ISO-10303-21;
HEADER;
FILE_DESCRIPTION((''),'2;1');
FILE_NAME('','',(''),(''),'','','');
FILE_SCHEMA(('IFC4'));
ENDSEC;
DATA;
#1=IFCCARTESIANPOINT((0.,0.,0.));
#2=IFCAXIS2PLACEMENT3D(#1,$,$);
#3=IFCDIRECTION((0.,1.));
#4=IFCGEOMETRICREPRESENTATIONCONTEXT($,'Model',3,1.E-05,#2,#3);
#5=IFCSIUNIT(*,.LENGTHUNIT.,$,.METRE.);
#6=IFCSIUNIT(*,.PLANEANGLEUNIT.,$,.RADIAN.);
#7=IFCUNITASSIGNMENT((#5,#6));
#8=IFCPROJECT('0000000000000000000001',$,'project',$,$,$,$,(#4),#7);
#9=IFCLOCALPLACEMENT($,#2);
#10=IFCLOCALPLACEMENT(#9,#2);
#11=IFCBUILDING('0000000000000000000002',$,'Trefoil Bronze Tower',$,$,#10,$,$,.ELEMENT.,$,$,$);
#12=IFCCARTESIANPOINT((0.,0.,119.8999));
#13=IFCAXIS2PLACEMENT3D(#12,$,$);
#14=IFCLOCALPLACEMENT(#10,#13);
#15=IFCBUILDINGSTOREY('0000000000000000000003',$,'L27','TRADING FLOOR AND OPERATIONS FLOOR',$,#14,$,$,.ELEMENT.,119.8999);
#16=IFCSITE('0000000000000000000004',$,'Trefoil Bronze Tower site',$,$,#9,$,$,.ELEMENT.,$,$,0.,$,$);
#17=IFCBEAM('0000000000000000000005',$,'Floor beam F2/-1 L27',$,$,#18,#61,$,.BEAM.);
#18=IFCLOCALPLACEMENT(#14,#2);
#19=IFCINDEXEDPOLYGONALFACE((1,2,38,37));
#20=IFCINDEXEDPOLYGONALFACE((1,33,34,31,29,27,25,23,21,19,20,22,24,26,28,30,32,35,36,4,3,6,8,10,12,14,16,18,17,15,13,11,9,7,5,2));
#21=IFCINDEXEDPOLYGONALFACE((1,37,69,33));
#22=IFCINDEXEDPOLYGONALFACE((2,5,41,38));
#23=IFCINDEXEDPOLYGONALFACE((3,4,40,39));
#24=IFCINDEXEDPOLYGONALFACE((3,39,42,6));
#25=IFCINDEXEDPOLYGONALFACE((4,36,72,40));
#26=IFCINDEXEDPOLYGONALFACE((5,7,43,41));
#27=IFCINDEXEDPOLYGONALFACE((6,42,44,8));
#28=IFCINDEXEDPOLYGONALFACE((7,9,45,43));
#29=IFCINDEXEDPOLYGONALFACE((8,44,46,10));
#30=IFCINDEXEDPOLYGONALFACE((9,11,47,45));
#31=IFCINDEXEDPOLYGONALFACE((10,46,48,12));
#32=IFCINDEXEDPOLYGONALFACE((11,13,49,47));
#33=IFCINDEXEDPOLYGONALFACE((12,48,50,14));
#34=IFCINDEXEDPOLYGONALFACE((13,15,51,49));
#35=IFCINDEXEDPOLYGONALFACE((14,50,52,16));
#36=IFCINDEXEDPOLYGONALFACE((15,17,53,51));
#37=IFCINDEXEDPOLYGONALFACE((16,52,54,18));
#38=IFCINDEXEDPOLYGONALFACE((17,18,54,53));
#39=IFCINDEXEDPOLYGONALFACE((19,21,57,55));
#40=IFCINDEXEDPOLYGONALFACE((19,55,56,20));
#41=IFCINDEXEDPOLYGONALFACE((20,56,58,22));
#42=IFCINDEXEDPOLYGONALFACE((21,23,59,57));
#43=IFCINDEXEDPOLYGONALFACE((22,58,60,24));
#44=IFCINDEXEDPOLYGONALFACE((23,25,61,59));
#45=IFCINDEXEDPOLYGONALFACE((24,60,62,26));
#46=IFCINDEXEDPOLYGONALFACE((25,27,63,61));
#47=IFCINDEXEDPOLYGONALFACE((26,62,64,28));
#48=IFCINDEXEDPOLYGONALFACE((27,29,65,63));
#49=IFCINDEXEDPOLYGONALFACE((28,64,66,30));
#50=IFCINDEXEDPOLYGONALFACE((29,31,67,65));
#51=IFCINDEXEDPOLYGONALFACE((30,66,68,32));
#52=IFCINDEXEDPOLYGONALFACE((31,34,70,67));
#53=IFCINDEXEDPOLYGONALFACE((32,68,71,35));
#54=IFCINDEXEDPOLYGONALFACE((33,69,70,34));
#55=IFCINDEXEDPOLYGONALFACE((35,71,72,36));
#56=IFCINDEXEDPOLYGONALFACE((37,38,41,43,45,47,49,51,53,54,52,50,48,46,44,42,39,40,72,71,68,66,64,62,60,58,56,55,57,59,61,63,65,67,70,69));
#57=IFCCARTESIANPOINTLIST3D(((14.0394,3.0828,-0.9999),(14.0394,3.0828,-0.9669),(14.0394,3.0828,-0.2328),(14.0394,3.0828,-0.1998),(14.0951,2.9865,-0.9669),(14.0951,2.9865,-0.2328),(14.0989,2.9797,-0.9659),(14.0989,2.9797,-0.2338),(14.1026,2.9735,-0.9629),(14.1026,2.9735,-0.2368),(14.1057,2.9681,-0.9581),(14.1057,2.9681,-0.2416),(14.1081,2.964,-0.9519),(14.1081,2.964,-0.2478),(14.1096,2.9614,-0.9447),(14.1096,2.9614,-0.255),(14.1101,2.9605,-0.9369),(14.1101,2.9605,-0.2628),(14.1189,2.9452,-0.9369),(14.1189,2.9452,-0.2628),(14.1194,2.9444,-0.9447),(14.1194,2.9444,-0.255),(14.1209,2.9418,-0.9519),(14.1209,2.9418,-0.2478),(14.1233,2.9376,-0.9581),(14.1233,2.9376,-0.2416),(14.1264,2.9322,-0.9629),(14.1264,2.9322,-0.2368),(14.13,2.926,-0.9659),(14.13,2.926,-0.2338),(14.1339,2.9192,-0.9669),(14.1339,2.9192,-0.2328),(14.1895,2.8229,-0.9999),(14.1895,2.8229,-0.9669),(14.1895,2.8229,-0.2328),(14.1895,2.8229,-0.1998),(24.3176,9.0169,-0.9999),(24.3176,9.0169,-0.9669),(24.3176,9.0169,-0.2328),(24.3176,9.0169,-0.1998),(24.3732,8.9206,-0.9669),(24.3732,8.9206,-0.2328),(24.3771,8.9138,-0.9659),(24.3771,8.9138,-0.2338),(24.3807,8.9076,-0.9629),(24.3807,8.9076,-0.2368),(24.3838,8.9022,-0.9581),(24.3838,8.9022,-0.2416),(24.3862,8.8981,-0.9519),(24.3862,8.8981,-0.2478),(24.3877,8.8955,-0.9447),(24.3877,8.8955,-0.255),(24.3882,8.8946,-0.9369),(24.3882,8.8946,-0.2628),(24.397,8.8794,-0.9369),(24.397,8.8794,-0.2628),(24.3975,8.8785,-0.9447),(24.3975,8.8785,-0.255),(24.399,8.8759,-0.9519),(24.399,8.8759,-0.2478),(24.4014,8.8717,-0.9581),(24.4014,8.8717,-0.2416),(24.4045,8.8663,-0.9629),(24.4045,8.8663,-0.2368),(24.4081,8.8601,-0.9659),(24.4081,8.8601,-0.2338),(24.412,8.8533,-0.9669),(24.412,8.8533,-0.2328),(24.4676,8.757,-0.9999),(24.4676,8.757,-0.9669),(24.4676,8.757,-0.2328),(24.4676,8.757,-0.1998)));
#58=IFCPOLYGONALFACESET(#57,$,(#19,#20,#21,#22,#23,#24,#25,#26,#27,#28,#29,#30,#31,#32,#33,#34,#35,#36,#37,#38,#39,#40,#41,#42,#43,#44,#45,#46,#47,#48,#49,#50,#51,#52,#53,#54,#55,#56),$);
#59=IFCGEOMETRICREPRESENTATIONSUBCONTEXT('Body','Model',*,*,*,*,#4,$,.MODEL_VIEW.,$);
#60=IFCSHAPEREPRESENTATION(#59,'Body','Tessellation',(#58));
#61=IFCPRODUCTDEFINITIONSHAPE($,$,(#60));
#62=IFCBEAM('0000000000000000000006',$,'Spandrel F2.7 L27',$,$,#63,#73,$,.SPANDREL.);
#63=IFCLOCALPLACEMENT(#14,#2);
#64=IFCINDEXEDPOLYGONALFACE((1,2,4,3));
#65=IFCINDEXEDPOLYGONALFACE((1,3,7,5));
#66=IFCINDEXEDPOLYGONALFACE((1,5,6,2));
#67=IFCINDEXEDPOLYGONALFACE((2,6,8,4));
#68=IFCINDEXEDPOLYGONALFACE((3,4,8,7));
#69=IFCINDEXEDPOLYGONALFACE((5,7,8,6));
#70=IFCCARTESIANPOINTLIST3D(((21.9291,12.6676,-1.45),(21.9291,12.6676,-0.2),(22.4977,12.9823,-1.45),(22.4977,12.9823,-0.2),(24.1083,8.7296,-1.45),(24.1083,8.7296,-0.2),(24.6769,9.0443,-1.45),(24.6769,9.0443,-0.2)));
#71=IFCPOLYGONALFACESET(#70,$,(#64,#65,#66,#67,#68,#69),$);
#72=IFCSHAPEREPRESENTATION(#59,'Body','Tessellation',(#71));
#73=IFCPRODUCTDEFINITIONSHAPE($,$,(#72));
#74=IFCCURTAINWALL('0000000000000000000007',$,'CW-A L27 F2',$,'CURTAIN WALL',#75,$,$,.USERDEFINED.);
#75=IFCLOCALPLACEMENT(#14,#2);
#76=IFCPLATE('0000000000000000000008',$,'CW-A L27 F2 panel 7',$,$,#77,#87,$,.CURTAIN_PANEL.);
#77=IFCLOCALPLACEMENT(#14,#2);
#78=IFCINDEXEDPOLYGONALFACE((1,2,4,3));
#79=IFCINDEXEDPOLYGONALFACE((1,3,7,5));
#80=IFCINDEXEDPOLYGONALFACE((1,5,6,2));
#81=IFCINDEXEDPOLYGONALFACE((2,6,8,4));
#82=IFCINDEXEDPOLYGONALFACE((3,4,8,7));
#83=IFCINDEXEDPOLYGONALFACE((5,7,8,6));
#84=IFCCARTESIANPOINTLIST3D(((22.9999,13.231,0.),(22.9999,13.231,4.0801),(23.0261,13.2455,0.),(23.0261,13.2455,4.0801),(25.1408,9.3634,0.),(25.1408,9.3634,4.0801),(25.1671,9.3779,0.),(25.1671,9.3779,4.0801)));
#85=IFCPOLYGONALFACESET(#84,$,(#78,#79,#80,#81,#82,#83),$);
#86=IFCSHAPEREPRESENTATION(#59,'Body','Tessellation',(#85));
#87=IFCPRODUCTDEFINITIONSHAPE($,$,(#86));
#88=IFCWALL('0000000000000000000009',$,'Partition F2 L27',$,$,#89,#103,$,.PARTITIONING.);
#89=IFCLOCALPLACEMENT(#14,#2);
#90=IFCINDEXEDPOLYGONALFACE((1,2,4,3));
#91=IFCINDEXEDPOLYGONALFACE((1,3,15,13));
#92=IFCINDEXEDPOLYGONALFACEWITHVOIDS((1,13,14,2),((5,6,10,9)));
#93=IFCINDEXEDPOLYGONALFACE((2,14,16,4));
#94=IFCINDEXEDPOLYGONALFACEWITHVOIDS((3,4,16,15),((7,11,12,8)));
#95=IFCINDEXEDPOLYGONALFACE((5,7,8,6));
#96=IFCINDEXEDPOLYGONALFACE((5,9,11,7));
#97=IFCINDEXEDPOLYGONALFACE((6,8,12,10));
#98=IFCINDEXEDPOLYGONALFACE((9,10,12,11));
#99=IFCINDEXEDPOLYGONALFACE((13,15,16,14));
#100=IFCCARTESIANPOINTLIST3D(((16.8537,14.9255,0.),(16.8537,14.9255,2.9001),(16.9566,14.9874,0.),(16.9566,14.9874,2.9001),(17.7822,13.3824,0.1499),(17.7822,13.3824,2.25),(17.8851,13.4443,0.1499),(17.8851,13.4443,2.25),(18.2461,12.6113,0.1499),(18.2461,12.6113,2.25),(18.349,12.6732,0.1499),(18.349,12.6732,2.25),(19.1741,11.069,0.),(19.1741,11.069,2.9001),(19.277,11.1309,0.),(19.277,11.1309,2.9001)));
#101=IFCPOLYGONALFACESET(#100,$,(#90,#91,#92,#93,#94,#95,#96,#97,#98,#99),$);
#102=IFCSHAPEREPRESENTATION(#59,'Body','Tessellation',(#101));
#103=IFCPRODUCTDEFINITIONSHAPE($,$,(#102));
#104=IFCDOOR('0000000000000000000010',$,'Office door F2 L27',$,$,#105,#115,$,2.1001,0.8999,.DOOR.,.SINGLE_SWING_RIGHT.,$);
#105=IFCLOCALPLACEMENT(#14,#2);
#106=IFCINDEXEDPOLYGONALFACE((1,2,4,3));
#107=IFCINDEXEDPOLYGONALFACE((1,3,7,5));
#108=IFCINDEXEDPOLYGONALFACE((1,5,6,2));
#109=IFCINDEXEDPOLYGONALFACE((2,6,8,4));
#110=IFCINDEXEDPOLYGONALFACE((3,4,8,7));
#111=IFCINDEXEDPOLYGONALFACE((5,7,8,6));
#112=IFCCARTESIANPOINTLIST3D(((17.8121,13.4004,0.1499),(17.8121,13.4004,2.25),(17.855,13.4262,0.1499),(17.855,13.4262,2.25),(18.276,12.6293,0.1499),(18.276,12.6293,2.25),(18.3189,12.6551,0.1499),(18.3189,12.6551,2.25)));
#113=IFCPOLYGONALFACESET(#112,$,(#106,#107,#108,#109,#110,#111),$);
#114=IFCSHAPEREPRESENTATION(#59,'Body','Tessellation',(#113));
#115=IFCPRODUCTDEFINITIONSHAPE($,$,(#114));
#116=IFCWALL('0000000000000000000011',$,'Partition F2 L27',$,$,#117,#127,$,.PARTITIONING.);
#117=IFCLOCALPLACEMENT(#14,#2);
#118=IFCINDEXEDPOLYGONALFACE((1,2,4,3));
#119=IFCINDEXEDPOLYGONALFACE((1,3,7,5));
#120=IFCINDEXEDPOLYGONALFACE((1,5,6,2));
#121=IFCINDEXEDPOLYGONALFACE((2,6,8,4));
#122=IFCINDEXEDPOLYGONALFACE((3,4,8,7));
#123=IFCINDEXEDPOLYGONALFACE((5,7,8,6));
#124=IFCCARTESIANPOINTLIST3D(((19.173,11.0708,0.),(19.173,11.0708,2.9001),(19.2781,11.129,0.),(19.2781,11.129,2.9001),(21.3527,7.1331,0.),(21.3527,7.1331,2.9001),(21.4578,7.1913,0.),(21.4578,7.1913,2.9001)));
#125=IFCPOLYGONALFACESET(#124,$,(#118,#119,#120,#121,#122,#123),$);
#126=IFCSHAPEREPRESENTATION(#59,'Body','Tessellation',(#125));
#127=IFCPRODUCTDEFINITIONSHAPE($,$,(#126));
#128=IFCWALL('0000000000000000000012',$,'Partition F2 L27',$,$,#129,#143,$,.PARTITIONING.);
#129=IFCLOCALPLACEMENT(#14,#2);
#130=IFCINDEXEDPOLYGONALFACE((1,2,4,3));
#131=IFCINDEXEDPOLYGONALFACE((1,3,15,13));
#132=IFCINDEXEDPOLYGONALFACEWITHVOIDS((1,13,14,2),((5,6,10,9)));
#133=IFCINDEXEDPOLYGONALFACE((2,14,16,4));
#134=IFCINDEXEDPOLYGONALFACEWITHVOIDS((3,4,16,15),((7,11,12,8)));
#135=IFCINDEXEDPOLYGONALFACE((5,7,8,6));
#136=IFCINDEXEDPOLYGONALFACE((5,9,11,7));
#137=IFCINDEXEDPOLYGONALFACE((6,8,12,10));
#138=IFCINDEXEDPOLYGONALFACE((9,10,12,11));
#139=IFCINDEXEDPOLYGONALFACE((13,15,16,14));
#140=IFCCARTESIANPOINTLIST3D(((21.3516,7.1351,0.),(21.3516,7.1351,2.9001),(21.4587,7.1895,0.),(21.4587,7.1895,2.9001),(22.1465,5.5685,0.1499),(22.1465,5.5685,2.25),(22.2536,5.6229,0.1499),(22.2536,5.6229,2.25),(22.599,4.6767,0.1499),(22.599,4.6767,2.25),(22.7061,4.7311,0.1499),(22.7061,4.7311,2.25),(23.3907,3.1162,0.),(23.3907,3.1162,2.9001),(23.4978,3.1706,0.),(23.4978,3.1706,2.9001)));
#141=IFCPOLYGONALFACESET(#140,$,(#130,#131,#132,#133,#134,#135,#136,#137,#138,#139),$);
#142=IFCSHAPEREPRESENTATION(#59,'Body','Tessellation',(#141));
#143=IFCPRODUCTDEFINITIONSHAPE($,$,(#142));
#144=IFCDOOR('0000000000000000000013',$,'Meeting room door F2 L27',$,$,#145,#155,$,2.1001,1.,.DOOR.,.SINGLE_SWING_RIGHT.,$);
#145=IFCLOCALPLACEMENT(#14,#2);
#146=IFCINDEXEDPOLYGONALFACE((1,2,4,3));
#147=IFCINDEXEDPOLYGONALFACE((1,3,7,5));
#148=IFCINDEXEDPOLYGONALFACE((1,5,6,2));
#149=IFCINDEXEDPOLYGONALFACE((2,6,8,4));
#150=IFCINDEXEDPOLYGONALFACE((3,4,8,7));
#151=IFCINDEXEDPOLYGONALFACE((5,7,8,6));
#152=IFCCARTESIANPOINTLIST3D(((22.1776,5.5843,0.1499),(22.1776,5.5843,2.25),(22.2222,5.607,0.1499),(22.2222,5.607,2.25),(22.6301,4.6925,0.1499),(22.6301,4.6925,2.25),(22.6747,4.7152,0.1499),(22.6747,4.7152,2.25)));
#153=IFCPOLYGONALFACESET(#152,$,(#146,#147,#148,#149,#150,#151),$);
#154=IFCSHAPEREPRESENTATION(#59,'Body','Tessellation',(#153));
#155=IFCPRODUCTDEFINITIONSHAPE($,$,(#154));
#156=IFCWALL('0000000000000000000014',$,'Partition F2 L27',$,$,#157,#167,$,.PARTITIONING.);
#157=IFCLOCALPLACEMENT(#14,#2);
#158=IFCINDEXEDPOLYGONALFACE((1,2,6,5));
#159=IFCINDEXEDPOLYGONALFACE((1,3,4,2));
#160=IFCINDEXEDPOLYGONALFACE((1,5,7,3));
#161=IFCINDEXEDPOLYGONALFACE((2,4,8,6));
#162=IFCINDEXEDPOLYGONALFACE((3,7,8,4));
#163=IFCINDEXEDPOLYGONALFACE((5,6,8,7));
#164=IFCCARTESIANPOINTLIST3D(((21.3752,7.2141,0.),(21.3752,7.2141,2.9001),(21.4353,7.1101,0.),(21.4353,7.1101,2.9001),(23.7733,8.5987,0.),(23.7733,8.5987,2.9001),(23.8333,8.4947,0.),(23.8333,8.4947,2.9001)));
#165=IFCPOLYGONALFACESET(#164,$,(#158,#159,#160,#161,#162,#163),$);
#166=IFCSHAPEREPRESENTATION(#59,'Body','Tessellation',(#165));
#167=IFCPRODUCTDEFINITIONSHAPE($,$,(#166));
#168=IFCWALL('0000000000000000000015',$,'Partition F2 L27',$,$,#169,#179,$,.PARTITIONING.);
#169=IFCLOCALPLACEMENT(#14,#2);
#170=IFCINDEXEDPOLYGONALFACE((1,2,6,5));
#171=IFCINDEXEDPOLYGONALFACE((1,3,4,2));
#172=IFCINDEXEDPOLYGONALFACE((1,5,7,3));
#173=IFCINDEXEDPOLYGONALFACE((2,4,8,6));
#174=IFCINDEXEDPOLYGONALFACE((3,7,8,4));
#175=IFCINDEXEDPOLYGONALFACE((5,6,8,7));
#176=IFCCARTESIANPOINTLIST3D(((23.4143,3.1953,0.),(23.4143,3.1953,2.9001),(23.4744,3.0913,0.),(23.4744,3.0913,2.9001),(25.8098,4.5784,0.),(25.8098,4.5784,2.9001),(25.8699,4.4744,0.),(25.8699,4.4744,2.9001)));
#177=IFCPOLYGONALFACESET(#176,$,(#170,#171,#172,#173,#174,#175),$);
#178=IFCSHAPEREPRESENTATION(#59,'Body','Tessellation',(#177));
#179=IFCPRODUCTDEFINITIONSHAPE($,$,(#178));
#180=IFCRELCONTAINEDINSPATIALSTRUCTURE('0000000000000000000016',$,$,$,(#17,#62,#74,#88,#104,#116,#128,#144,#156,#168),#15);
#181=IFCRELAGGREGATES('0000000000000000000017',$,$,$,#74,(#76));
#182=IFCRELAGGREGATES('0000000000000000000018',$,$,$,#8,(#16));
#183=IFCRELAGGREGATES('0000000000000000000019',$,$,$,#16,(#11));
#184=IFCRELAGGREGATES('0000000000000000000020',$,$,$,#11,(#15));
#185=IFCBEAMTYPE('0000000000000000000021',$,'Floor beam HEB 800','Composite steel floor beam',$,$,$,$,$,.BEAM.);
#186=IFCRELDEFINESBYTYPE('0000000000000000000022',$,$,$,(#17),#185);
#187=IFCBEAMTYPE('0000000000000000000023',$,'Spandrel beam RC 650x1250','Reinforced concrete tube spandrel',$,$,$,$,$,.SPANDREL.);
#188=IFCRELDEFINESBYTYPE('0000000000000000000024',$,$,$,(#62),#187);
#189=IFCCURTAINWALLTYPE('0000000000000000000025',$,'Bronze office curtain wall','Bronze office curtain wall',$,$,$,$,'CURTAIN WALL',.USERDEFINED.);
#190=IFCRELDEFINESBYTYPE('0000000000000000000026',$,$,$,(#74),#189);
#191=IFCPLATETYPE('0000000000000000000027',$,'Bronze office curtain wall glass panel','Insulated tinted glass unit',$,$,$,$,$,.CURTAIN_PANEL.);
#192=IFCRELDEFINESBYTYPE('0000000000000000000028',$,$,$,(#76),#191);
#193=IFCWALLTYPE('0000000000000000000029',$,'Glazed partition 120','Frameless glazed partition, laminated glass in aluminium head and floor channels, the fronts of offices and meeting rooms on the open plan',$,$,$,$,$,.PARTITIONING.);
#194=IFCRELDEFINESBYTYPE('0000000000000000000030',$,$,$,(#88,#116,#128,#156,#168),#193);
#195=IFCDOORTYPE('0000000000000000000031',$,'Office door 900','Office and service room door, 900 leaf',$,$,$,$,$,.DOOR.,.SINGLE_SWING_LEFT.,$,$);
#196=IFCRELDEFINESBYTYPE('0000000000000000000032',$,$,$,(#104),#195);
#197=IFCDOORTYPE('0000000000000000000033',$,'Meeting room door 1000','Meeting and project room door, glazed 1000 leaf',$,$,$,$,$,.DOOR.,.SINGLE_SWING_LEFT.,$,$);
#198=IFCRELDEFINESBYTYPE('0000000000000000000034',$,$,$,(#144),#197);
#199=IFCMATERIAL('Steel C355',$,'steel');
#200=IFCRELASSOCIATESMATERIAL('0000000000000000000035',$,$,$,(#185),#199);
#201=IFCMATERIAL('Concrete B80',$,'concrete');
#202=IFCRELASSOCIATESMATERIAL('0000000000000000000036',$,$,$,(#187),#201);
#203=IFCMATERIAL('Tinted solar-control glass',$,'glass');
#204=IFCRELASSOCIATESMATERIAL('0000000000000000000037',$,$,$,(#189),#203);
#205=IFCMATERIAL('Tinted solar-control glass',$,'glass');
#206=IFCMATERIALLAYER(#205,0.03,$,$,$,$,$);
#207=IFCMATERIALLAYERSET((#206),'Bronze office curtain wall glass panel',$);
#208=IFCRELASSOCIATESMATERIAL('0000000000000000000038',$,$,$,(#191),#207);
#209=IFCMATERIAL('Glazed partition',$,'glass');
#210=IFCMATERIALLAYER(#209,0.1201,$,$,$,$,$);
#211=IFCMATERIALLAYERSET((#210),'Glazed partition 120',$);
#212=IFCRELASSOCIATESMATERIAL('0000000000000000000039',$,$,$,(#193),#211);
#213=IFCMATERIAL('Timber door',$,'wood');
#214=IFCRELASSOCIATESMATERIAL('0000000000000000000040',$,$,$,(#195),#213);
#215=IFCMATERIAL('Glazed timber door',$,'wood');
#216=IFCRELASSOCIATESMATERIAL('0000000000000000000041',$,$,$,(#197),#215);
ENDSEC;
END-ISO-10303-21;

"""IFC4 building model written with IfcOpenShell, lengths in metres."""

from ifc_helpers import new_model, si_unit, direction, frame, frame_2d, origin, origin_2d, place, context, subcontext, project, spatial, rectangle, i_section, extrude, material, layer, layer_set, material_profile, profile_set, type_object, element, fill, aggregate, save


model = new_model("IFC4")

# Units and contexts
model_context = context("Model", 3, precision=1e-05, world=origin(), true_north=direction((0.0, 1.0)))
body_context = subcontext(model_context, "Body", "Model", "MODEL_VIEW")
ifc_project = project(units=[si_unit("LENGTHUNIT", "METRE"), si_unit("PLANEANGLEUNIT", "RADIAN")], contexts=[model_context])

# Site, building, storey
site_placement = place(None, origin())
site = spatial("IfcSite", under=ifc_project, at=site_placement, Name="Trefoil Bronze Tower site", CompositionType="ELEMENT", RefElevation=0.0)
building_placement = place(site_placement, origin())
building = spatial("IfcBuilding", under=site, at=building_placement, Name="Trefoil Bronze Tower", CompositionType="ELEMENT")
storey_placement = place(building_placement, frame((0.0, 0.0, 119.8999)))
storey = spatial("IfcBuildingStorey", under=building, at=storey_placement, Name="L27", Description="TRADING FLOOR AND OPERATIONS FLOOR", CompositionType="ELEMENT", Elevation=119.8999)

# Beams
ifc_material_1 = material(Name="Steel C355", Category="steel")
ifc_material_profile_1 = material_profile(ifc_material_1, i_section(OverallWidth=0.3, OverallDepth=0.8, WebThickness=0.0176, FlangeThickness=0.033, FilletRadius=0.03, at=origin_2d()), Name="HEB 800")
ifc_profile_set_1 = profile_set([ifc_material_profile_1], Name="Steel C355")
beam_type_1 = type_object("IfcBeamType", Name="Floor beam HEB 800", Description="Composite steel floor beam", PredefinedType="BEAM", material=ifc_profile_set_1)
beam_1_placement = place(storey_placement, frame((24.3926, 8.887, -0.5999), z_axis=(-0.866024, -0.500002, 0.0), x_axis=(0.500002, -0.866024, 0.0)))
element("IfcBeam", 1, at=beam_1_placement, inside=storey, type_object=beam_type_1, Name="Floor beam F2/-1 L27", PredefinedType="BEAM", context=body_context, shape_type="SweptSolid", body=[
    extrude(i_section(OverallWidth=0.3, OverallDepth=0.8, WebThickness=0.0176, FlangeThickness=0.033, FilletRadius=0.03, at=origin_2d()), origin(), (0.0, 0.0, 1.0), 11.8682),
])
ifc_material_2 = material(Name="Concrete B80", Category="concrete")
ifc_material_profile_2 = material_profile(ifc_material_2, rectangle(XDim=0.6499, YDim=1.25, at=origin_2d()), Name="RC 650x1250")
ifc_profile_set_2 = profile_set([ifc_material_profile_2], Name="Concrete B80")
beam_type_2 = type_object("IfcBeamType", Name="Spandrel beam RC 650x1250", Description="Reinforced concrete tube spandrel", PredefinedType="SPANDREL", material=ifc_profile_set_2)
beam_2_placement = place(storey_placement, frame((24.3926, 8.887, -0.825), z_axis=(-0.484187, 0.874965, 0.0), x_axis=(-0.874965, -0.484187, 0.0)))
element("IfcBeam", 2, at=beam_2_placement, inside=storey, type_object=beam_type_2, Name="Spandrel F2.7 L27", PredefinedType="SPANDREL", context=body_context, shape_type="SweptSolid", body=[
    extrude(rectangle(XDim=0.6499, YDim=1.25, at=origin_2d()), origin(), (0.0, 0.0, 1.0), 4.5007),
])

# Curtain wall, plate
ifc_material_3 = material(Name="Tinted solar-control glass", Category="glass")
curtain_wall_type = type_object("IfcCurtainWallType", Name="Bronze office curtain wall", Description="Bronze office curtain wall", ElementType="CURTAIN WALL", PredefinedType="USERDEFINED", material=ifc_material_3)
curtain_wall_placement = place(storey_placement, origin())
curtain_wall = element("IfcCurtainWall", 3, at=curtain_wall_placement, inside=storey, type_object=curtain_wall_type, Name="CW-A L27 F2", ObjectType="CURTAIN WALL", PredefinedType="USERDEFINED")
ifc_material_4 = material(Name="Tinted solar-control glass", Category="glass")
ifc_layer_1 = layer(ifc_material_4, 0.03)
ifc_layer_set_1 = layer_set([ifc_layer_1], Name="Bronze office curtain wall glass panel")
plate_type = type_object("IfcPlateType", Name="Bronze office curtain wall glass panel", Description="Insulated tinted glass unit", PredefinedType="CURTAIN_PANEL", material=ifc_layer_set_1)
plate_placement = place(storey_placement, frame((24.0835, 11.3044, 0.0), z_axis=(0.0, 0.0, 1.0), x_axis=(-0.484312, 0.874895, 0.0)))
plate = element("IfcPlate", 4, at=plate_placement, type_object=plate_type, Name="CW-A L27 F2 panel 7", PredefinedType="CURTAIN_PANEL", context=body_context, shape_type="SweptSolid", body=[
    extrude(rectangle(XDim=4.4207, YDim=0.03, at=origin_2d()), origin(), (0.0, 0.0, 1.0), 4.0801),
])
aggregate(curtain_wall, [plate])

# Wall, opening, door
ifc_material_5 = material(Name="Glazed partition", Category="glass")
ifc_layer_2 = layer(ifc_material_5, 0.1201)
ifc_layer_set_2 = layer_set([ifc_layer_2], Name="Glazed partition 120")
wall_type_1 = type_object("IfcWallType", Name="Glazed partition 120", Description="Frameless glazed partition, laminated glass in aluminium head and floor channels, the fronts of offices and meeting rooms on the open plan", PredefinedType="PARTITIONING", material=ifc_layer_set_2)
wall_1_placement = place(storey_placement, frame((19.2256, 11.0999, 0.0), z_axis=(0.0, 0.0, 1.0), x_axis=(-0.515548, 0.85686, 0.0)))
wall_1 = element("IfcWall", 5, at=wall_1_placement, inside=storey, type_object=wall_type_1, Name="Partition F2 L27", PredefinedType="PARTITIONING", context=body_context, shape_type="SweptSolid", body=[
    extrude(rectangle(XDim=4.5007, YDim=0.1201, at=frame_2d((2.2505, 0.0))), origin(), (0.0, 0.0, 1.0), 2.9001),
])
opening_1_placement = place(wall_1_placement, frame((1.8, 0.0, 0.1499)))
opening_1 = element("IfcOpeningElement", 6, at=opening_1_placement, cuts=wall_1, PredefinedType="OPENING", context=body_context, shape_type="SweptSolid", body=[
    extrude(rectangle(XDim=0.8999, YDim=2.1001, at=frame_2d((0.45, 1.05))), frame((0.0, 0.0701, 0.0), z_axis=(0.0, -1.0, 0.0), x_axis=(1.0, 0.0, 0.0)), (0.0, 0.0, 1.0), 0.1401),
])
ifc_material_6 = material(Name="Timber door", Category="wood")
door_type_1 = type_object("IfcDoorType", Name="Office door 900", Description="Office and service room door, 900 leaf", OperationType="SINGLE_SWING_LEFT", PredefinedType="DOOR", material=ifc_material_6)
door_1_placement = place(opening_1_placement, frame((0.8999, 0.0, 0.0), z_axis=(0.0, 0.0, 1.0), x_axis=(-1.0, 0.0, 0.0)))
door_1 = element("IfcDoor", 7, at=door_1_placement, inside=storey, type_object=door_type_1, Name="Office door F2 L27", OperationType="SINGLE_SWING_RIGHT", OverallHeight=2.1001, OverallWidth=0.8999, PredefinedType="DOOR", context=body_context, shape_type="SweptSolid", body=[
    extrude(rectangle(XDim=0.8999, YDim=2.1001, at=frame_2d((0.45, 1.05))), frame((0.0, 0.0249, 0.0), z_axis=(0.0, -1.0, 0.0), x_axis=(1.0, 0.0, 0.0)), (0.0, 0.0, 1.0), 0.05),
])
fill(opening_1, door_1)

# Wall
wall_2_placement = place(storey_placement, frame((21.4053, 7.1621, 0.0), z_axis=(0.0, 0.0, 1.0), x_axis=(-0.484293, 0.874906, 0.0)))
element("IfcWall", 8, at=wall_2_placement, inside=storey, type_object=wall_type_1, Name="Partition F2 L27", PredefinedType="PARTITIONING", context=body_context, shape_type="SweptSolid", body=[
    extrude(rectangle(XDim=4.5007, YDim=0.1201, at=frame_2d((2.2505, 0.0))), origin(), (0.0, 0.0, 1.0), 2.9001),
])

# Wall, opening, door
wall_3_placement = place(storey_placement, frame((23.4443, 3.1433, 0.0), z_axis=(0.0, 0.0, 1.0), x_axis=(-0.452472, 0.891779, 0.0)))
wall_3 = element("IfcWall", 9, at=wall_3_placement, inside=storey, type_object=wall_type_1, Name="Partition F2 L27", PredefinedType="PARTITIONING", context=body_context, shape_type="SweptSolid", body=[
    extrude(rectangle(XDim=4.5066, YDim=0.1201, at=frame_2d((2.2534, 0.0))), origin(), (0.0, 0.0, 1.0), 2.9001),
])
opening_2_placement = place(wall_3_placement, frame((1.75, 0.0, 0.1499)))
opening_2 = element("IfcOpeningElement", 10, at=opening_2_placement, cuts=wall_3, PredefinedType="OPENING", context=body_context, shape_type="SweptSolid", body=[
    extrude(rectangle(XDim=1.0, YDim=2.1001, at=frame_2d((0.5, 1.05))), frame((0.0, 0.0701, 0.0), z_axis=(0.0, -1.0, 0.0), x_axis=(1.0, 0.0, 0.0)), (0.0, 0.0, 1.0), 0.1401),
])
ifc_material_7 = material(Name="Glazed timber door", Category="wood")
door_type_2 = type_object("IfcDoorType", Name="Meeting room door 1000", Description="Meeting and project room door, glazed 1000 leaf", OperationType="SINGLE_SWING_LEFT", PredefinedType="DOOR", material=ifc_material_7)
door_2_placement = place(opening_2_placement, frame((1.0, 0.0, 0.0), z_axis=(0.0, 0.0, 1.0), x_axis=(-1.0, 0.0, 0.0)))
door_2 = element("IfcDoor", 11, at=door_2_placement, inside=storey, type_object=door_type_2, Name="Meeting room door F2 L27", OperationType="SINGLE_SWING_RIGHT", OverallHeight=2.1001, OverallWidth=1.0, PredefinedType="DOOR", context=body_context, shape_type="SweptSolid", body=[
    extrude(rectangle(XDim=1.0, YDim=2.1001, at=frame_2d((0.5, 1.05))), frame((0.0, 0.0249, 0.0), z_axis=(0.0, -1.0, 0.0), x_axis=(1.0, 0.0, 0.0)), (0.0, 0.0, 1.0), 0.05),
])
fill(opening_2, door_2)

# Walls
wall_4_placement = place(storey_placement, frame((21.4053, 7.1621, 0.0), z_axis=(0.0, 0.0, 1.0), x_axis=(0.866015, 0.500018, 0.0)))
element("IfcWall", 12, at=wall_4_placement, inside=storey, type_object=wall_type_1, Name="Partition F2 L27", PredefinedType="PARTITIONING", context=body_context, shape_type="SweptSolid", body=[
    extrude(rectangle(XDim=2.769, YDim=0.1201, at=frame_2d((1.3845, 0.0))), origin(), (0.0, 0.0, 1.0), 2.9001),
])
wall_5_placement = place(storey_placement, frame((23.4443, 3.1433, 0.0), z_axis=(0.0, 0.0, 1.0), x_axis=(0.866024, 0.500003, 0.0)))
element("IfcWall", 13, at=wall_5_placement, inside=storey, type_object=wall_type_1, Name="Partition F2 L27", PredefinedType="PARTITIONING", context=body_context, shape_type="SweptSolid", body=[
    extrude(rectangle(XDim=2.7661, YDim=0.1201, at=frame_2d((1.3831, 0.0))), origin(), (0.0, 0.0, 1.0), 2.9001),
])

save(model, "model.ifc")
